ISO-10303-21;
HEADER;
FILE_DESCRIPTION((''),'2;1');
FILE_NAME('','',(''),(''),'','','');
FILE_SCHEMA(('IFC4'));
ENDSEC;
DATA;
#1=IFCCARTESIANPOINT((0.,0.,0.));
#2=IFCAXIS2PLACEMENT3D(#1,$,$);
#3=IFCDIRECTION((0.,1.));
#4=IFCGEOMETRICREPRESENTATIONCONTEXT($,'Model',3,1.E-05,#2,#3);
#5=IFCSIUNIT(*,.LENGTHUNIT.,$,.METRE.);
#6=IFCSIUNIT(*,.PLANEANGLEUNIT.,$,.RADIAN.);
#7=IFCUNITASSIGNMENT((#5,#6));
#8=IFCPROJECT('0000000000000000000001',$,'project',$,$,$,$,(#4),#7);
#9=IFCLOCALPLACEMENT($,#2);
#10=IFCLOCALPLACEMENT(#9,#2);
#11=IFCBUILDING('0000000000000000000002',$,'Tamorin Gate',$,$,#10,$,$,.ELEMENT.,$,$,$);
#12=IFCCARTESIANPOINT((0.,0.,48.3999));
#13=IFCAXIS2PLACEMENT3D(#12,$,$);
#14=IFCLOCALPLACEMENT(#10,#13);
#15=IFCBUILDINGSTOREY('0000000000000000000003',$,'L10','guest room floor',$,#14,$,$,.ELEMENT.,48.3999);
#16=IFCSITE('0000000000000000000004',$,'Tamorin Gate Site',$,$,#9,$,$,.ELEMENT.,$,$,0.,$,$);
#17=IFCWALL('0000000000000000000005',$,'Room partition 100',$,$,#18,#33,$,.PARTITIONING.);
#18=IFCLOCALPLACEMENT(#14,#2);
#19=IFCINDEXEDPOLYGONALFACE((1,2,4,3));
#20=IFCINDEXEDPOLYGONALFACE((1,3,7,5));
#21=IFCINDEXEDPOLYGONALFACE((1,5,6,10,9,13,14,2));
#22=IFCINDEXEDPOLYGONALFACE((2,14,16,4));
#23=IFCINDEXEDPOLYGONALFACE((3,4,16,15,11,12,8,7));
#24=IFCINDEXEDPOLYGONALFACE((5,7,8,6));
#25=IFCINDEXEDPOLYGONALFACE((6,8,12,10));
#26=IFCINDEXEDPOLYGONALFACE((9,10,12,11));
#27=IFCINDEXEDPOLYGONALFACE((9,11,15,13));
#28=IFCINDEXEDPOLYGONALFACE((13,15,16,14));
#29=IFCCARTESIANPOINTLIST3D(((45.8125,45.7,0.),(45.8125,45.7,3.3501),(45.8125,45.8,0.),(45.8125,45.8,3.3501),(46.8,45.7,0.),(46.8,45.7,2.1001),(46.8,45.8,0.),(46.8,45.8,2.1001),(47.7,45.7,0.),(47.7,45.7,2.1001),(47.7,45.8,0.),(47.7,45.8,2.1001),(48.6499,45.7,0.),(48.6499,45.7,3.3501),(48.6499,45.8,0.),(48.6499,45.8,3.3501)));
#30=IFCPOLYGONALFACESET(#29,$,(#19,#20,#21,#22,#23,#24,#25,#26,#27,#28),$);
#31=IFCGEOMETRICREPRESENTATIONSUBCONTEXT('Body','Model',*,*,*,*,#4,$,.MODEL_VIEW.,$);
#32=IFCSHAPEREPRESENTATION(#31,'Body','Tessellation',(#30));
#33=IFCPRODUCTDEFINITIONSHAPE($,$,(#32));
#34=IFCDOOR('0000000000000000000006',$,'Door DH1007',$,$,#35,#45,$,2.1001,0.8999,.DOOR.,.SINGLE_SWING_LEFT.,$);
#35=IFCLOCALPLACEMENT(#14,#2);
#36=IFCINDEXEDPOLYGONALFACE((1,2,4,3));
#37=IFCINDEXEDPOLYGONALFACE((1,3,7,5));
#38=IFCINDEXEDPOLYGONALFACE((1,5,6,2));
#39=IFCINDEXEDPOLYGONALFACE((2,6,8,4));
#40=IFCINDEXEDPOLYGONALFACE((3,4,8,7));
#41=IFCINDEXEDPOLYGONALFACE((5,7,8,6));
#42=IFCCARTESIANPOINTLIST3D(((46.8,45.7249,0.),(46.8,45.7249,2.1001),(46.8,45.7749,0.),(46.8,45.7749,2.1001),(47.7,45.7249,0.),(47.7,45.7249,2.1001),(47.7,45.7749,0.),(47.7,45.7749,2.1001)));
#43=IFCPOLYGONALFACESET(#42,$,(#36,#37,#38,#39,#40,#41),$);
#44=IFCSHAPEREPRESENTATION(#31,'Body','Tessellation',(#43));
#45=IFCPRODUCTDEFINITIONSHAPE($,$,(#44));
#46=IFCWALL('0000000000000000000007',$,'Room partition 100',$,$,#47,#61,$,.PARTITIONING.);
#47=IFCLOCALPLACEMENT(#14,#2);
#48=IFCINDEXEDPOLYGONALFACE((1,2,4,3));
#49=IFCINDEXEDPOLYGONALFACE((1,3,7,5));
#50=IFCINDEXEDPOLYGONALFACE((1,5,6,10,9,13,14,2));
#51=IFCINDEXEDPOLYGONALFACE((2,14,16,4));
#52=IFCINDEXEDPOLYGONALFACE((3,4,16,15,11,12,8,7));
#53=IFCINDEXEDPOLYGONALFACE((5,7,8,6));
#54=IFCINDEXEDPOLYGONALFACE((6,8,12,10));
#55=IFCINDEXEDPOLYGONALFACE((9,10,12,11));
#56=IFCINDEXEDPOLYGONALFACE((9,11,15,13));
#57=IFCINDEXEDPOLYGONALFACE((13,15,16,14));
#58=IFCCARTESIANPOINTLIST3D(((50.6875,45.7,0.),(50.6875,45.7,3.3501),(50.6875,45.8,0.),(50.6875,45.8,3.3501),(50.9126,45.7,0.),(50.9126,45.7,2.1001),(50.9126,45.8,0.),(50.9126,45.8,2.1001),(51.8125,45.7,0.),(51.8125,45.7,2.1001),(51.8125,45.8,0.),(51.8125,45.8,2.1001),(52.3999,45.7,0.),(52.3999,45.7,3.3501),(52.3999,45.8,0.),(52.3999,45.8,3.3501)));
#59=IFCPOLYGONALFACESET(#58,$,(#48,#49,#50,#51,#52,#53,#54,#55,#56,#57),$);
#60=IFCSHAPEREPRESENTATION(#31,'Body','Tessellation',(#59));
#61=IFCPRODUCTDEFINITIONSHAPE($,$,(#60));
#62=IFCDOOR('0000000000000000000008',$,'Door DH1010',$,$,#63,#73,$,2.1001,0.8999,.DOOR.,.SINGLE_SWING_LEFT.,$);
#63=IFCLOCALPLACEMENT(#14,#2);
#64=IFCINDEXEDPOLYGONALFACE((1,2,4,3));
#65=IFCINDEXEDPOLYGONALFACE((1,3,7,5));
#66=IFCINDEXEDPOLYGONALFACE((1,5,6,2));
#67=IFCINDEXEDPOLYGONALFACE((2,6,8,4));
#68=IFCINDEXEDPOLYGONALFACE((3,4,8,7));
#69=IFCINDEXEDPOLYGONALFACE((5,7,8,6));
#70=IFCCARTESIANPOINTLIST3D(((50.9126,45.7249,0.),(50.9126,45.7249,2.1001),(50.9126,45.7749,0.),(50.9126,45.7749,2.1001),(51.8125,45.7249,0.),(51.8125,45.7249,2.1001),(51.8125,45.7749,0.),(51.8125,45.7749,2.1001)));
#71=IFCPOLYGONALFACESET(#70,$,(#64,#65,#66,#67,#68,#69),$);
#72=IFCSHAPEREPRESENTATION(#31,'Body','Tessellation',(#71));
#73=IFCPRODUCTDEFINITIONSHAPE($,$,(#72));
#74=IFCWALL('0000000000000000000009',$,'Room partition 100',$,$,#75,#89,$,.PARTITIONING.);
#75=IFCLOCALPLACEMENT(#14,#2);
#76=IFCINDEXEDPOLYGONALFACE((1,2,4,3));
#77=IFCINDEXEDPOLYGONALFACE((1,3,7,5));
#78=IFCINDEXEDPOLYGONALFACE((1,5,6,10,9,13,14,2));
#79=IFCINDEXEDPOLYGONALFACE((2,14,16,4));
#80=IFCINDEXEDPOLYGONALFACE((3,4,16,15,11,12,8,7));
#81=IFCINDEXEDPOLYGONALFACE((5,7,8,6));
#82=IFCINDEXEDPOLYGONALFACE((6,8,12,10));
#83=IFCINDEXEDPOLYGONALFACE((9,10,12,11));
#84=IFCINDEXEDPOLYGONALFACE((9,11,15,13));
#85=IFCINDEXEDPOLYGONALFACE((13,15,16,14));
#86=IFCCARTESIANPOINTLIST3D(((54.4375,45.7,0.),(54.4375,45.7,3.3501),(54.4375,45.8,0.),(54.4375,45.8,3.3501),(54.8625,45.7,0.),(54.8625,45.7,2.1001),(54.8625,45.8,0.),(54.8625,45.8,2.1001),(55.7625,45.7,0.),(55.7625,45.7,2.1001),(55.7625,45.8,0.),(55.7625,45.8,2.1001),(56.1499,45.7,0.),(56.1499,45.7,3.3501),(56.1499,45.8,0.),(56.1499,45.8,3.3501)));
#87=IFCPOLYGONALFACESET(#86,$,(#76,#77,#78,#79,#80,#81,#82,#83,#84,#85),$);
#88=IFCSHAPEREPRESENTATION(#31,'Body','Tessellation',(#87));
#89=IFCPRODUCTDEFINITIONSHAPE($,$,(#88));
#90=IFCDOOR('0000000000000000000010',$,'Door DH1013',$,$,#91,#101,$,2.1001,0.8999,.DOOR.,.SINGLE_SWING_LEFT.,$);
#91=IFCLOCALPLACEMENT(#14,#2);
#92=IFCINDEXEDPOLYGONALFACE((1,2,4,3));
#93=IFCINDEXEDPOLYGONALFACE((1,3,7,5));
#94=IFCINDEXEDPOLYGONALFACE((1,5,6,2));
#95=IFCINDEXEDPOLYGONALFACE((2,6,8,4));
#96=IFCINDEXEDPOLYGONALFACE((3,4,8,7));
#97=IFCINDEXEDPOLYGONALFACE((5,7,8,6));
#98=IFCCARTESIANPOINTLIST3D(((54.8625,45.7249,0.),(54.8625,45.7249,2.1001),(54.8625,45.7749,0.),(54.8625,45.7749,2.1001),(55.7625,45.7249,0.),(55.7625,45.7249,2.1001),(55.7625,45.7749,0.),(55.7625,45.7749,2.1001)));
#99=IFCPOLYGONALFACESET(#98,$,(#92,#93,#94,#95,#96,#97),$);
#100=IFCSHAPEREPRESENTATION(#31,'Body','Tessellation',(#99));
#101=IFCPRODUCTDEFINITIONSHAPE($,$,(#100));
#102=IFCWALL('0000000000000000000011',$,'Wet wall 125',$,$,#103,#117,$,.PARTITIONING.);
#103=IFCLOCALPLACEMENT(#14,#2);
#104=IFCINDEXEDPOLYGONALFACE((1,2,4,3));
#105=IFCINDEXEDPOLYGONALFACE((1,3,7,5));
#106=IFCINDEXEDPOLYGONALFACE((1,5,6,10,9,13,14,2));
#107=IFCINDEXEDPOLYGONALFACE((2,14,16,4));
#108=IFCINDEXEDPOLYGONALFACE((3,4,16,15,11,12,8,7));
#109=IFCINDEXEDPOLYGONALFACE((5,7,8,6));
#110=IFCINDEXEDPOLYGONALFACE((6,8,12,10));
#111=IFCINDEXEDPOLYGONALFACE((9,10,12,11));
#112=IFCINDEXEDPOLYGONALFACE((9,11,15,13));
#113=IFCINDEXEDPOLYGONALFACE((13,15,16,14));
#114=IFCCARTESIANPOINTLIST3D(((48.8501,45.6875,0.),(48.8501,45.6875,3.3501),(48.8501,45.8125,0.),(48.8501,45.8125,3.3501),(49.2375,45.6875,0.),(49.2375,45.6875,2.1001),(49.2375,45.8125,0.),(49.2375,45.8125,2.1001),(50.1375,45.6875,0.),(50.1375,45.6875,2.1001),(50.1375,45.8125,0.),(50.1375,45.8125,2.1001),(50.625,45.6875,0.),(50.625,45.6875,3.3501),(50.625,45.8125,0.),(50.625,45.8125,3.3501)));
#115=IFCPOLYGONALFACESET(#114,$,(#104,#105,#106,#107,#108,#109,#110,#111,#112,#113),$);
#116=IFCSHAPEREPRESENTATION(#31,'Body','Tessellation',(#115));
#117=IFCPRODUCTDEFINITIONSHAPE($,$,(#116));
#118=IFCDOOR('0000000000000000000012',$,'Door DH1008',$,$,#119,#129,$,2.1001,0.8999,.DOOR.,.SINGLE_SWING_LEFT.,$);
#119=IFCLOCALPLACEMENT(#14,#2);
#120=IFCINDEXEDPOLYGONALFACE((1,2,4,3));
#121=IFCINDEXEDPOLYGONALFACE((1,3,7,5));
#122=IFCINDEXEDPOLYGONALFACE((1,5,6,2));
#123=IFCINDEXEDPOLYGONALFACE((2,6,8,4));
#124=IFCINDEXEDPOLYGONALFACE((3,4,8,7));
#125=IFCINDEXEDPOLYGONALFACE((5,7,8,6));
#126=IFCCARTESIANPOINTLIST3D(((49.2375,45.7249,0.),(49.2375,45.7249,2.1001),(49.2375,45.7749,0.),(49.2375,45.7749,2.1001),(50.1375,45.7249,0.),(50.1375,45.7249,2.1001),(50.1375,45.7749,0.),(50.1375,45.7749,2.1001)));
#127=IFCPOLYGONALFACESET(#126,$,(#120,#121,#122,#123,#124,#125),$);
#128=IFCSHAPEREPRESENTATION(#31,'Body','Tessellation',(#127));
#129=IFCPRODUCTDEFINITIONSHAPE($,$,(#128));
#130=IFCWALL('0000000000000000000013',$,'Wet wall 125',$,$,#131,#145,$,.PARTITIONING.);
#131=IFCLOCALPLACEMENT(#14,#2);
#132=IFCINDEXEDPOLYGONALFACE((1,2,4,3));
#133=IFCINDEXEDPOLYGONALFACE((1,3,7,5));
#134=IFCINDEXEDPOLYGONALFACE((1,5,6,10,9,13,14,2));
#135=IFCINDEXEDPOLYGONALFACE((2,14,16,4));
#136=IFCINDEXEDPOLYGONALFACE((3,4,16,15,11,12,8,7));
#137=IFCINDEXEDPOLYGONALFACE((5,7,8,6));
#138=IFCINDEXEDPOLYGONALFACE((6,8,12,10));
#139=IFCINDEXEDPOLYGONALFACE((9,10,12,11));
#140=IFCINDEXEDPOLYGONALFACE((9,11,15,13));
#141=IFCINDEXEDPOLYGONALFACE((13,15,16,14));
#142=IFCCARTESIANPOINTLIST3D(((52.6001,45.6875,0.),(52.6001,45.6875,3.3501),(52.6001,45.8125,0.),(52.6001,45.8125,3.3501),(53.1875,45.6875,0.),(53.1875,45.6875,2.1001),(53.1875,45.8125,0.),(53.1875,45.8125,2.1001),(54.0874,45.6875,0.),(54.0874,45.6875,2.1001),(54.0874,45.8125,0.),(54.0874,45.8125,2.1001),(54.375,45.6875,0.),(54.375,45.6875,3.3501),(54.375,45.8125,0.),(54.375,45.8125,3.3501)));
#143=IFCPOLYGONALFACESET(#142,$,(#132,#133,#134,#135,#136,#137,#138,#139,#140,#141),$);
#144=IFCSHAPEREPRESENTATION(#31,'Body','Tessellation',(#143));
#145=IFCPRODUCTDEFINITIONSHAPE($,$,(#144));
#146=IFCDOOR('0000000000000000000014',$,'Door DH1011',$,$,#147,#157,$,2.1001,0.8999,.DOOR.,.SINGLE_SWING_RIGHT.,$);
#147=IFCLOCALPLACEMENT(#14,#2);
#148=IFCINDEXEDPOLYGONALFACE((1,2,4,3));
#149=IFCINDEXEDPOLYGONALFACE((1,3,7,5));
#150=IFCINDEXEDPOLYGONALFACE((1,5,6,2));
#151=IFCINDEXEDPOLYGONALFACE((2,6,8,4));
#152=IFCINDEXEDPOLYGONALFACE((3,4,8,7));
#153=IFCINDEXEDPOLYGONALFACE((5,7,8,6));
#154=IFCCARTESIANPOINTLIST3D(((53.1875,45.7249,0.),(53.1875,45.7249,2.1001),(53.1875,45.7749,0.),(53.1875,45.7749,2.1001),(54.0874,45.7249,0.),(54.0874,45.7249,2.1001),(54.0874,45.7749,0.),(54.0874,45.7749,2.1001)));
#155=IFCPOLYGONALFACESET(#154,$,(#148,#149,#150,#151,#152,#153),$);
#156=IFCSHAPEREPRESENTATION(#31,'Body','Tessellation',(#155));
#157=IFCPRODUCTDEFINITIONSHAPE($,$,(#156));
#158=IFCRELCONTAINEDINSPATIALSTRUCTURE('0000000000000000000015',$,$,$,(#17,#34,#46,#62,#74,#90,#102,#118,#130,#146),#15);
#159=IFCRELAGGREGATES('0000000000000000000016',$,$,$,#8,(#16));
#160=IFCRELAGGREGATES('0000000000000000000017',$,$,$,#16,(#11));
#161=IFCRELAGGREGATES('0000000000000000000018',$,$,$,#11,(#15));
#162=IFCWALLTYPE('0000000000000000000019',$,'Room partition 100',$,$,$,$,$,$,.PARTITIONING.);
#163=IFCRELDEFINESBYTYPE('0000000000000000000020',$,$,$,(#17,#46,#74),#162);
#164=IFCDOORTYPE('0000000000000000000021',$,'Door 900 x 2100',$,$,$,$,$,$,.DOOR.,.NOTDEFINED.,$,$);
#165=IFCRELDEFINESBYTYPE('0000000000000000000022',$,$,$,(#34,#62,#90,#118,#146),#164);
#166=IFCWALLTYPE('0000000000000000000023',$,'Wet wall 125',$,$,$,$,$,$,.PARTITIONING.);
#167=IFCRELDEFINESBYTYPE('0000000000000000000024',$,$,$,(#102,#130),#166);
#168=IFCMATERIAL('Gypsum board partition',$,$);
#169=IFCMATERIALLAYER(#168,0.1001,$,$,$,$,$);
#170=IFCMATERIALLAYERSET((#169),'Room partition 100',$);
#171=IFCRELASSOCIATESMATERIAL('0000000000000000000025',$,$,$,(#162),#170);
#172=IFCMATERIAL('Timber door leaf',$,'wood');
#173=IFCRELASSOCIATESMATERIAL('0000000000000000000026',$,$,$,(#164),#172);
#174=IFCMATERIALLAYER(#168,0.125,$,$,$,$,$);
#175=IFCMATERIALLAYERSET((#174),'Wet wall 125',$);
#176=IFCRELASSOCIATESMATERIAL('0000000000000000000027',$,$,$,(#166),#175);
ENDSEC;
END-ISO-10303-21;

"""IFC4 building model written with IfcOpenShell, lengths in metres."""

from ifc_helpers import new_model, si_unit, direction, frame, frame_2d, origin, place, context, subcontext, project, spatial, rectangle, extrude, material, layer, layer_set, type_object, element, fill, save


model = new_model("IFC4")

# Units and contexts
model_context = context("Model", 3, precision=1e-05, world=origin(), true_north=direction((0.0, 1.0)))
body_context = subcontext(model_context, "Body", "Model", "MODEL_VIEW")
ifc_project = project(units=[si_unit("LENGTHUNIT", "METRE"), si_unit("PLANEANGLEUNIT", "RADIAN")], contexts=[model_context])

# Site, building, storey
site_placement = place(None, origin())
site = spatial("IfcSite", under=ifc_project, at=site_placement, Name="Tamorin Gate Site", CompositionType="ELEMENT", RefElevation=0.0)
building_placement = place(site_placement, origin())
building = spatial("IfcBuilding", under=site, at=building_placement, Name="Tamorin Gate", CompositionType="ELEMENT")
storey_placement = place(building_placement, frame((0.0, 0.0, 48.3999)))
storey = spatial("IfcBuildingStorey", under=building, at=storey_placement, Name="L10", Description="guest room floor", CompositionType="ELEMENT", Elevation=48.3999)

# Shared definitions
ifc_material_1 = material(Name="Gypsum board partition")

# Walls, openings, doors
ifc_layer_1 = layer(ifc_material_1, 0.1001)
ifc_layer_set_1 = layer_set([ifc_layer_1], Name="Room partition 100")
wall_type_1 = type_object("IfcWallType", Name="Room partition 100", PredefinedType="PARTITIONING", material=ifc_layer_set_1)
wall_1_placement = place(storey_placement, frame((45.8125, 45.75, 0.0), z_axis=(0.0, 0.0, 1.0), x_axis=(1.0, 0.0, 0.0)))
wall_1 = element("IfcWall", 1, at=wall_1_placement, inside=storey, type_object=wall_type_1, Name="Room partition 100", PredefinedType="PARTITIONING", context=body_context, shape_type="SweptSolid", body=[
    extrude(rectangle(XDim=2.8374, YDim=0.1001, at=frame_2d((1.4187, 0.0))), origin(), (0.0, 0.0, 1.0), 3.3501),
])
opening_1_placement = place(wall_1_placement, frame((0.9875, 0.0, 0.0)))
opening_1 = element("IfcOpeningElement", 2, at=opening_1_placement, cuts=wall_1, PredefinedType="OPENING", context=body_context, shape_type="SweptSolid", body=[
    extrude(rectangle(XDim=0.8999, YDim=2.1001, at=frame_2d((0.45, 1.05))), frame((0.0, 0.0601, 0.0), z_axis=(0.0, -1.0, 0.0), x_axis=(1.0, 0.0, 0.0)), (0.0, 0.0, 1.0), 0.1201),
])
ifc_material_2 = material(Name="Timber door leaf", Category="wood")
door_type = type_object("IfcDoorType", Name="Door 900 x 2100", OperationType="NOTDEFINED", PredefinedType="DOOR", material=ifc_material_2)
door_1_placement = place(opening_1_placement, origin())
door_1 = element("IfcDoor", 3, at=door_1_placement, inside=storey, type_object=door_type, Name="Door DH1007", OperationType="SINGLE_SWING_LEFT", OverallHeight=2.1001, OverallWidth=0.8999, PredefinedType="DOOR", context=body_context, shape_type="SweptSolid", body=[
    extrude(rectangle(XDim=0.8999, YDim=2.1001, at=frame_2d((0.45, 1.05))), frame((0.0, 0.0249, 0.0), z_axis=(0.0, -1.0, 0.0), x_axis=(1.0, 0.0, 0.0)), (0.0, 0.0, 1.0), 0.05),
])
fill(opening_1, door_1)
wall_2_placement = place(storey_placement, frame((50.6875, 45.75, 0.0), z_axis=(0.0, 0.0, 1.0), x_axis=(1.0, 0.0, 0.0)))
wall_2 = element("IfcWall", 4, at=wall_2_placement, inside=storey, type_object=wall_type_1, Name="Room partition 100", PredefinedType="PARTITIONING", context=body_context, shape_type="SweptSolid", body=[
    extrude(rectangle(XDim=1.7124, YDim=0.1001, at=frame_2d((0.8562, 0.0))), origin(), (0.0, 0.0, 1.0), 3.3501),
])
opening_2_placement = place(wall_2_placement, frame((0.2251, 0.0, 0.0)))
opening_2 = element("IfcOpeningElement", 5, at=opening_2_placement, cuts=wall_2, PredefinedType="OPENING", context=body_context, shape_type="SweptSolid", body=[
    extrude(rectangle(XDim=0.8999, YDim=2.1001, at=frame_2d((0.45, 1.05))), frame((0.0, 0.0601, 0.0), z_axis=(0.0, -1.0, 0.0), x_axis=(1.0, 0.0, 0.0)), (0.0, 0.0, 1.0), 0.1201),
])
door_2_placement = place(opening_2_placement, origin())
door_2 = element("IfcDoor", 6, at=door_2_placement, inside=storey, type_object=door_type, Name="Door DH1010", OperationType="SINGLE_SWING_LEFT", OverallHeight=2.1001, OverallWidth=0.8999, PredefinedType="DOOR", context=body_context, shape_type="SweptSolid", body=[
    extrude(rectangle(XDim=0.8999, YDim=2.1001, at=frame_2d((0.45, 1.05))), frame((0.0, 0.0249, 0.0), z_axis=(0.0, -1.0, 0.0), x_axis=(1.0, 0.0, 0.0)), (0.0, 0.0, 1.0), 0.05),
])
fill(opening_2, door_2)
wall_3_placement = place(storey_placement, frame((54.4375, 45.75, 0.0), z_axis=(0.0, 0.0, 1.0), x_axis=(1.0, 0.0, 0.0)))
wall_3 = element("IfcWall", 7, at=wall_3_placement, inside=storey, type_object=wall_type_1, Name="Room partition 100", PredefinedType="PARTITIONING", context=body_context, shape_type="SweptSolid", body=[
    extrude(rectangle(XDim=1.7124, YDim=0.1001, at=frame_2d((0.8562, 0.0))), origin(), (0.0, 0.0, 1.0), 3.3501),
])
opening_3_placement = place(wall_3_placement, frame((0.425, 0.0, 0.0)))
opening_3 = element("IfcOpeningElement", 8, at=opening_3_placement, cuts=wall_3, PredefinedType="OPENING", context=body_context, shape_type="SweptSolid", body=[
    extrude(rectangle(XDim=0.8999, YDim=2.1001, at=frame_2d((0.45, 1.05))), frame((0.0, 0.0601, 0.0), z_axis=(0.0, -1.0, 0.0), x_axis=(1.0, 0.0, 0.0)), (0.0, 0.0, 1.0), 0.1201),
])
door_3_placement = place(opening_3_placement, origin())
door_3 = element("IfcDoor", 9, at=door_3_placement, inside=storey, type_object=door_type, Name="Door DH1013", OperationType="SINGLE_SWING_LEFT", OverallHeight=2.1001, OverallWidth=0.8999, PredefinedType="DOOR", context=body_context, shape_type="SweptSolid", body=[
    extrude(rectangle(XDim=0.8999, YDim=2.1001, at=frame_2d((0.45, 1.05))), frame((0.0, 0.0249, 0.0), z_axis=(0.0, -1.0, 0.0), x_axis=(1.0, 0.0, 0.0)), (0.0, 0.0, 1.0), 0.05),
])
fill(opening_3, door_3)
ifc_layer_2 = layer(ifc_material_1, 0.125)
ifc_layer_set_2 = layer_set([ifc_layer_2], Name="Wet wall 125")
wall_type_2 = type_object("IfcWallType", Name="Wet wall 125", PredefinedType="PARTITIONING", material=ifc_layer_set_2)
wall_4_placement = place(storey_placement, frame((48.8501, 45.75, 0.0), z_axis=(0.0, 0.0, 1.0), x_axis=(1.0, 0.0, 0.0)))
wall_4 = element("IfcWall", 10, at=wall_4_placement, inside=storey, type_object=wall_type_2, Name="Wet wall 125", PredefinedType="PARTITIONING", context=body_context, shape_type="SweptSolid", body=[
    extrude(rectangle(XDim=1.7749, YDim=0.125, at=frame_2d((0.8875, 0.0))), origin(), (0.0, 0.0, 1.0), 3.3501),
])
opening_4_placement = place(wall_4_placement, frame((0.3875, 0.0, 0.0)))
opening_4 = element("IfcOpeningElement", 11, at=opening_4_placement, cuts=wall_4, PredefinedType="OPENING", context=body_context, shape_type="SweptSolid", body=[
    extrude(rectangle(XDim=0.8999, YDim=2.1001, at=frame_2d((0.45, 1.05))), frame((0.0, 0.0725, 0.0), z_axis=(0.0, -1.0, 0.0), x_axis=(1.0, 0.0, 0.0)), (0.0, 0.0, 1.0), 0.145),
])
door_4_placement = place(opening_4_placement, origin())
door_4 = element("IfcDoor", 12, at=door_4_placement, inside=storey, type_object=door_type, Name="Door DH1008", OperationType="SINGLE_SWING_LEFT", OverallHeight=2.1001, OverallWidth=0.8999, PredefinedType="DOOR", context=body_context, shape_type="SweptSolid", body=[
    extrude(rectangle(XDim=0.8999, YDim=2.1001, at=frame_2d((0.45, 1.05))), frame((0.0, 0.0249, 0.0), z_axis=(0.0, -1.0, 0.0), x_axis=(1.0, 0.0, 0.0)), (0.0, 0.0, 1.0), 0.05),
])
fill(opening_4, door_4)
wall_5_placement = place(storey_placement, frame((52.6001, 45.75, 0.0), z_axis=(0.0, 0.0, 1.0), x_axis=(1.0, 0.0, 0.0)))
wall_5 = element("IfcWall", 13, at=wall_5_placement, inside=storey, type_object=wall_type_2, Name="Wet wall 125", PredefinedType="PARTITIONING", context=body_context, shape_type="SweptSolid", body=[
    extrude(rectangle(XDim=1.7749, YDim=0.125, at=frame_2d((0.8875, 0.0))), origin(), (0.0, 0.0, 1.0), 3.3501),
])
opening_5_placement = place(wall_5_placement, frame((0.5874, 0.0, 0.0)))
opening_5 = element("IfcOpeningElement", 14, at=opening_5_placement, cuts=wall_5, PredefinedType="OPENING", context=body_context, shape_type="SweptSolid", body=[
    extrude(rectangle(XDim=0.8999, YDim=2.1001, at=frame_2d((0.45, 1.05))), frame((0.0, 0.0725, 0.0), z_axis=(0.0, -1.0, 0.0), x_axis=(1.0, 0.0, 0.0)), (0.0, 0.0, 1.0), 0.145),
])
door_5_placement = place(opening_5_placement, origin())
door_5 = element("IfcDoor", 15, at=door_5_placement, inside=storey, type_object=door_type, Name="Door DH1011", OperationType="SINGLE_SWING_RIGHT", OverallHeight=2.1001, OverallWidth=0.8999, PredefinedType="DOOR", context=body_context, shape_type="SweptSolid", body=[
    extrude(rectangle(XDim=0.8999, YDim=2.1001, at=frame_2d((0.45, 1.05))), frame((0.0, 0.0249, 0.0), z_axis=(0.0, -1.0, 0.0), x_axis=(1.0, 0.0, 0.0)), (0.0, 0.0, 1.0), 0.05),
])
fill(opening_5, door_5)

save(model, "model.ifc")
